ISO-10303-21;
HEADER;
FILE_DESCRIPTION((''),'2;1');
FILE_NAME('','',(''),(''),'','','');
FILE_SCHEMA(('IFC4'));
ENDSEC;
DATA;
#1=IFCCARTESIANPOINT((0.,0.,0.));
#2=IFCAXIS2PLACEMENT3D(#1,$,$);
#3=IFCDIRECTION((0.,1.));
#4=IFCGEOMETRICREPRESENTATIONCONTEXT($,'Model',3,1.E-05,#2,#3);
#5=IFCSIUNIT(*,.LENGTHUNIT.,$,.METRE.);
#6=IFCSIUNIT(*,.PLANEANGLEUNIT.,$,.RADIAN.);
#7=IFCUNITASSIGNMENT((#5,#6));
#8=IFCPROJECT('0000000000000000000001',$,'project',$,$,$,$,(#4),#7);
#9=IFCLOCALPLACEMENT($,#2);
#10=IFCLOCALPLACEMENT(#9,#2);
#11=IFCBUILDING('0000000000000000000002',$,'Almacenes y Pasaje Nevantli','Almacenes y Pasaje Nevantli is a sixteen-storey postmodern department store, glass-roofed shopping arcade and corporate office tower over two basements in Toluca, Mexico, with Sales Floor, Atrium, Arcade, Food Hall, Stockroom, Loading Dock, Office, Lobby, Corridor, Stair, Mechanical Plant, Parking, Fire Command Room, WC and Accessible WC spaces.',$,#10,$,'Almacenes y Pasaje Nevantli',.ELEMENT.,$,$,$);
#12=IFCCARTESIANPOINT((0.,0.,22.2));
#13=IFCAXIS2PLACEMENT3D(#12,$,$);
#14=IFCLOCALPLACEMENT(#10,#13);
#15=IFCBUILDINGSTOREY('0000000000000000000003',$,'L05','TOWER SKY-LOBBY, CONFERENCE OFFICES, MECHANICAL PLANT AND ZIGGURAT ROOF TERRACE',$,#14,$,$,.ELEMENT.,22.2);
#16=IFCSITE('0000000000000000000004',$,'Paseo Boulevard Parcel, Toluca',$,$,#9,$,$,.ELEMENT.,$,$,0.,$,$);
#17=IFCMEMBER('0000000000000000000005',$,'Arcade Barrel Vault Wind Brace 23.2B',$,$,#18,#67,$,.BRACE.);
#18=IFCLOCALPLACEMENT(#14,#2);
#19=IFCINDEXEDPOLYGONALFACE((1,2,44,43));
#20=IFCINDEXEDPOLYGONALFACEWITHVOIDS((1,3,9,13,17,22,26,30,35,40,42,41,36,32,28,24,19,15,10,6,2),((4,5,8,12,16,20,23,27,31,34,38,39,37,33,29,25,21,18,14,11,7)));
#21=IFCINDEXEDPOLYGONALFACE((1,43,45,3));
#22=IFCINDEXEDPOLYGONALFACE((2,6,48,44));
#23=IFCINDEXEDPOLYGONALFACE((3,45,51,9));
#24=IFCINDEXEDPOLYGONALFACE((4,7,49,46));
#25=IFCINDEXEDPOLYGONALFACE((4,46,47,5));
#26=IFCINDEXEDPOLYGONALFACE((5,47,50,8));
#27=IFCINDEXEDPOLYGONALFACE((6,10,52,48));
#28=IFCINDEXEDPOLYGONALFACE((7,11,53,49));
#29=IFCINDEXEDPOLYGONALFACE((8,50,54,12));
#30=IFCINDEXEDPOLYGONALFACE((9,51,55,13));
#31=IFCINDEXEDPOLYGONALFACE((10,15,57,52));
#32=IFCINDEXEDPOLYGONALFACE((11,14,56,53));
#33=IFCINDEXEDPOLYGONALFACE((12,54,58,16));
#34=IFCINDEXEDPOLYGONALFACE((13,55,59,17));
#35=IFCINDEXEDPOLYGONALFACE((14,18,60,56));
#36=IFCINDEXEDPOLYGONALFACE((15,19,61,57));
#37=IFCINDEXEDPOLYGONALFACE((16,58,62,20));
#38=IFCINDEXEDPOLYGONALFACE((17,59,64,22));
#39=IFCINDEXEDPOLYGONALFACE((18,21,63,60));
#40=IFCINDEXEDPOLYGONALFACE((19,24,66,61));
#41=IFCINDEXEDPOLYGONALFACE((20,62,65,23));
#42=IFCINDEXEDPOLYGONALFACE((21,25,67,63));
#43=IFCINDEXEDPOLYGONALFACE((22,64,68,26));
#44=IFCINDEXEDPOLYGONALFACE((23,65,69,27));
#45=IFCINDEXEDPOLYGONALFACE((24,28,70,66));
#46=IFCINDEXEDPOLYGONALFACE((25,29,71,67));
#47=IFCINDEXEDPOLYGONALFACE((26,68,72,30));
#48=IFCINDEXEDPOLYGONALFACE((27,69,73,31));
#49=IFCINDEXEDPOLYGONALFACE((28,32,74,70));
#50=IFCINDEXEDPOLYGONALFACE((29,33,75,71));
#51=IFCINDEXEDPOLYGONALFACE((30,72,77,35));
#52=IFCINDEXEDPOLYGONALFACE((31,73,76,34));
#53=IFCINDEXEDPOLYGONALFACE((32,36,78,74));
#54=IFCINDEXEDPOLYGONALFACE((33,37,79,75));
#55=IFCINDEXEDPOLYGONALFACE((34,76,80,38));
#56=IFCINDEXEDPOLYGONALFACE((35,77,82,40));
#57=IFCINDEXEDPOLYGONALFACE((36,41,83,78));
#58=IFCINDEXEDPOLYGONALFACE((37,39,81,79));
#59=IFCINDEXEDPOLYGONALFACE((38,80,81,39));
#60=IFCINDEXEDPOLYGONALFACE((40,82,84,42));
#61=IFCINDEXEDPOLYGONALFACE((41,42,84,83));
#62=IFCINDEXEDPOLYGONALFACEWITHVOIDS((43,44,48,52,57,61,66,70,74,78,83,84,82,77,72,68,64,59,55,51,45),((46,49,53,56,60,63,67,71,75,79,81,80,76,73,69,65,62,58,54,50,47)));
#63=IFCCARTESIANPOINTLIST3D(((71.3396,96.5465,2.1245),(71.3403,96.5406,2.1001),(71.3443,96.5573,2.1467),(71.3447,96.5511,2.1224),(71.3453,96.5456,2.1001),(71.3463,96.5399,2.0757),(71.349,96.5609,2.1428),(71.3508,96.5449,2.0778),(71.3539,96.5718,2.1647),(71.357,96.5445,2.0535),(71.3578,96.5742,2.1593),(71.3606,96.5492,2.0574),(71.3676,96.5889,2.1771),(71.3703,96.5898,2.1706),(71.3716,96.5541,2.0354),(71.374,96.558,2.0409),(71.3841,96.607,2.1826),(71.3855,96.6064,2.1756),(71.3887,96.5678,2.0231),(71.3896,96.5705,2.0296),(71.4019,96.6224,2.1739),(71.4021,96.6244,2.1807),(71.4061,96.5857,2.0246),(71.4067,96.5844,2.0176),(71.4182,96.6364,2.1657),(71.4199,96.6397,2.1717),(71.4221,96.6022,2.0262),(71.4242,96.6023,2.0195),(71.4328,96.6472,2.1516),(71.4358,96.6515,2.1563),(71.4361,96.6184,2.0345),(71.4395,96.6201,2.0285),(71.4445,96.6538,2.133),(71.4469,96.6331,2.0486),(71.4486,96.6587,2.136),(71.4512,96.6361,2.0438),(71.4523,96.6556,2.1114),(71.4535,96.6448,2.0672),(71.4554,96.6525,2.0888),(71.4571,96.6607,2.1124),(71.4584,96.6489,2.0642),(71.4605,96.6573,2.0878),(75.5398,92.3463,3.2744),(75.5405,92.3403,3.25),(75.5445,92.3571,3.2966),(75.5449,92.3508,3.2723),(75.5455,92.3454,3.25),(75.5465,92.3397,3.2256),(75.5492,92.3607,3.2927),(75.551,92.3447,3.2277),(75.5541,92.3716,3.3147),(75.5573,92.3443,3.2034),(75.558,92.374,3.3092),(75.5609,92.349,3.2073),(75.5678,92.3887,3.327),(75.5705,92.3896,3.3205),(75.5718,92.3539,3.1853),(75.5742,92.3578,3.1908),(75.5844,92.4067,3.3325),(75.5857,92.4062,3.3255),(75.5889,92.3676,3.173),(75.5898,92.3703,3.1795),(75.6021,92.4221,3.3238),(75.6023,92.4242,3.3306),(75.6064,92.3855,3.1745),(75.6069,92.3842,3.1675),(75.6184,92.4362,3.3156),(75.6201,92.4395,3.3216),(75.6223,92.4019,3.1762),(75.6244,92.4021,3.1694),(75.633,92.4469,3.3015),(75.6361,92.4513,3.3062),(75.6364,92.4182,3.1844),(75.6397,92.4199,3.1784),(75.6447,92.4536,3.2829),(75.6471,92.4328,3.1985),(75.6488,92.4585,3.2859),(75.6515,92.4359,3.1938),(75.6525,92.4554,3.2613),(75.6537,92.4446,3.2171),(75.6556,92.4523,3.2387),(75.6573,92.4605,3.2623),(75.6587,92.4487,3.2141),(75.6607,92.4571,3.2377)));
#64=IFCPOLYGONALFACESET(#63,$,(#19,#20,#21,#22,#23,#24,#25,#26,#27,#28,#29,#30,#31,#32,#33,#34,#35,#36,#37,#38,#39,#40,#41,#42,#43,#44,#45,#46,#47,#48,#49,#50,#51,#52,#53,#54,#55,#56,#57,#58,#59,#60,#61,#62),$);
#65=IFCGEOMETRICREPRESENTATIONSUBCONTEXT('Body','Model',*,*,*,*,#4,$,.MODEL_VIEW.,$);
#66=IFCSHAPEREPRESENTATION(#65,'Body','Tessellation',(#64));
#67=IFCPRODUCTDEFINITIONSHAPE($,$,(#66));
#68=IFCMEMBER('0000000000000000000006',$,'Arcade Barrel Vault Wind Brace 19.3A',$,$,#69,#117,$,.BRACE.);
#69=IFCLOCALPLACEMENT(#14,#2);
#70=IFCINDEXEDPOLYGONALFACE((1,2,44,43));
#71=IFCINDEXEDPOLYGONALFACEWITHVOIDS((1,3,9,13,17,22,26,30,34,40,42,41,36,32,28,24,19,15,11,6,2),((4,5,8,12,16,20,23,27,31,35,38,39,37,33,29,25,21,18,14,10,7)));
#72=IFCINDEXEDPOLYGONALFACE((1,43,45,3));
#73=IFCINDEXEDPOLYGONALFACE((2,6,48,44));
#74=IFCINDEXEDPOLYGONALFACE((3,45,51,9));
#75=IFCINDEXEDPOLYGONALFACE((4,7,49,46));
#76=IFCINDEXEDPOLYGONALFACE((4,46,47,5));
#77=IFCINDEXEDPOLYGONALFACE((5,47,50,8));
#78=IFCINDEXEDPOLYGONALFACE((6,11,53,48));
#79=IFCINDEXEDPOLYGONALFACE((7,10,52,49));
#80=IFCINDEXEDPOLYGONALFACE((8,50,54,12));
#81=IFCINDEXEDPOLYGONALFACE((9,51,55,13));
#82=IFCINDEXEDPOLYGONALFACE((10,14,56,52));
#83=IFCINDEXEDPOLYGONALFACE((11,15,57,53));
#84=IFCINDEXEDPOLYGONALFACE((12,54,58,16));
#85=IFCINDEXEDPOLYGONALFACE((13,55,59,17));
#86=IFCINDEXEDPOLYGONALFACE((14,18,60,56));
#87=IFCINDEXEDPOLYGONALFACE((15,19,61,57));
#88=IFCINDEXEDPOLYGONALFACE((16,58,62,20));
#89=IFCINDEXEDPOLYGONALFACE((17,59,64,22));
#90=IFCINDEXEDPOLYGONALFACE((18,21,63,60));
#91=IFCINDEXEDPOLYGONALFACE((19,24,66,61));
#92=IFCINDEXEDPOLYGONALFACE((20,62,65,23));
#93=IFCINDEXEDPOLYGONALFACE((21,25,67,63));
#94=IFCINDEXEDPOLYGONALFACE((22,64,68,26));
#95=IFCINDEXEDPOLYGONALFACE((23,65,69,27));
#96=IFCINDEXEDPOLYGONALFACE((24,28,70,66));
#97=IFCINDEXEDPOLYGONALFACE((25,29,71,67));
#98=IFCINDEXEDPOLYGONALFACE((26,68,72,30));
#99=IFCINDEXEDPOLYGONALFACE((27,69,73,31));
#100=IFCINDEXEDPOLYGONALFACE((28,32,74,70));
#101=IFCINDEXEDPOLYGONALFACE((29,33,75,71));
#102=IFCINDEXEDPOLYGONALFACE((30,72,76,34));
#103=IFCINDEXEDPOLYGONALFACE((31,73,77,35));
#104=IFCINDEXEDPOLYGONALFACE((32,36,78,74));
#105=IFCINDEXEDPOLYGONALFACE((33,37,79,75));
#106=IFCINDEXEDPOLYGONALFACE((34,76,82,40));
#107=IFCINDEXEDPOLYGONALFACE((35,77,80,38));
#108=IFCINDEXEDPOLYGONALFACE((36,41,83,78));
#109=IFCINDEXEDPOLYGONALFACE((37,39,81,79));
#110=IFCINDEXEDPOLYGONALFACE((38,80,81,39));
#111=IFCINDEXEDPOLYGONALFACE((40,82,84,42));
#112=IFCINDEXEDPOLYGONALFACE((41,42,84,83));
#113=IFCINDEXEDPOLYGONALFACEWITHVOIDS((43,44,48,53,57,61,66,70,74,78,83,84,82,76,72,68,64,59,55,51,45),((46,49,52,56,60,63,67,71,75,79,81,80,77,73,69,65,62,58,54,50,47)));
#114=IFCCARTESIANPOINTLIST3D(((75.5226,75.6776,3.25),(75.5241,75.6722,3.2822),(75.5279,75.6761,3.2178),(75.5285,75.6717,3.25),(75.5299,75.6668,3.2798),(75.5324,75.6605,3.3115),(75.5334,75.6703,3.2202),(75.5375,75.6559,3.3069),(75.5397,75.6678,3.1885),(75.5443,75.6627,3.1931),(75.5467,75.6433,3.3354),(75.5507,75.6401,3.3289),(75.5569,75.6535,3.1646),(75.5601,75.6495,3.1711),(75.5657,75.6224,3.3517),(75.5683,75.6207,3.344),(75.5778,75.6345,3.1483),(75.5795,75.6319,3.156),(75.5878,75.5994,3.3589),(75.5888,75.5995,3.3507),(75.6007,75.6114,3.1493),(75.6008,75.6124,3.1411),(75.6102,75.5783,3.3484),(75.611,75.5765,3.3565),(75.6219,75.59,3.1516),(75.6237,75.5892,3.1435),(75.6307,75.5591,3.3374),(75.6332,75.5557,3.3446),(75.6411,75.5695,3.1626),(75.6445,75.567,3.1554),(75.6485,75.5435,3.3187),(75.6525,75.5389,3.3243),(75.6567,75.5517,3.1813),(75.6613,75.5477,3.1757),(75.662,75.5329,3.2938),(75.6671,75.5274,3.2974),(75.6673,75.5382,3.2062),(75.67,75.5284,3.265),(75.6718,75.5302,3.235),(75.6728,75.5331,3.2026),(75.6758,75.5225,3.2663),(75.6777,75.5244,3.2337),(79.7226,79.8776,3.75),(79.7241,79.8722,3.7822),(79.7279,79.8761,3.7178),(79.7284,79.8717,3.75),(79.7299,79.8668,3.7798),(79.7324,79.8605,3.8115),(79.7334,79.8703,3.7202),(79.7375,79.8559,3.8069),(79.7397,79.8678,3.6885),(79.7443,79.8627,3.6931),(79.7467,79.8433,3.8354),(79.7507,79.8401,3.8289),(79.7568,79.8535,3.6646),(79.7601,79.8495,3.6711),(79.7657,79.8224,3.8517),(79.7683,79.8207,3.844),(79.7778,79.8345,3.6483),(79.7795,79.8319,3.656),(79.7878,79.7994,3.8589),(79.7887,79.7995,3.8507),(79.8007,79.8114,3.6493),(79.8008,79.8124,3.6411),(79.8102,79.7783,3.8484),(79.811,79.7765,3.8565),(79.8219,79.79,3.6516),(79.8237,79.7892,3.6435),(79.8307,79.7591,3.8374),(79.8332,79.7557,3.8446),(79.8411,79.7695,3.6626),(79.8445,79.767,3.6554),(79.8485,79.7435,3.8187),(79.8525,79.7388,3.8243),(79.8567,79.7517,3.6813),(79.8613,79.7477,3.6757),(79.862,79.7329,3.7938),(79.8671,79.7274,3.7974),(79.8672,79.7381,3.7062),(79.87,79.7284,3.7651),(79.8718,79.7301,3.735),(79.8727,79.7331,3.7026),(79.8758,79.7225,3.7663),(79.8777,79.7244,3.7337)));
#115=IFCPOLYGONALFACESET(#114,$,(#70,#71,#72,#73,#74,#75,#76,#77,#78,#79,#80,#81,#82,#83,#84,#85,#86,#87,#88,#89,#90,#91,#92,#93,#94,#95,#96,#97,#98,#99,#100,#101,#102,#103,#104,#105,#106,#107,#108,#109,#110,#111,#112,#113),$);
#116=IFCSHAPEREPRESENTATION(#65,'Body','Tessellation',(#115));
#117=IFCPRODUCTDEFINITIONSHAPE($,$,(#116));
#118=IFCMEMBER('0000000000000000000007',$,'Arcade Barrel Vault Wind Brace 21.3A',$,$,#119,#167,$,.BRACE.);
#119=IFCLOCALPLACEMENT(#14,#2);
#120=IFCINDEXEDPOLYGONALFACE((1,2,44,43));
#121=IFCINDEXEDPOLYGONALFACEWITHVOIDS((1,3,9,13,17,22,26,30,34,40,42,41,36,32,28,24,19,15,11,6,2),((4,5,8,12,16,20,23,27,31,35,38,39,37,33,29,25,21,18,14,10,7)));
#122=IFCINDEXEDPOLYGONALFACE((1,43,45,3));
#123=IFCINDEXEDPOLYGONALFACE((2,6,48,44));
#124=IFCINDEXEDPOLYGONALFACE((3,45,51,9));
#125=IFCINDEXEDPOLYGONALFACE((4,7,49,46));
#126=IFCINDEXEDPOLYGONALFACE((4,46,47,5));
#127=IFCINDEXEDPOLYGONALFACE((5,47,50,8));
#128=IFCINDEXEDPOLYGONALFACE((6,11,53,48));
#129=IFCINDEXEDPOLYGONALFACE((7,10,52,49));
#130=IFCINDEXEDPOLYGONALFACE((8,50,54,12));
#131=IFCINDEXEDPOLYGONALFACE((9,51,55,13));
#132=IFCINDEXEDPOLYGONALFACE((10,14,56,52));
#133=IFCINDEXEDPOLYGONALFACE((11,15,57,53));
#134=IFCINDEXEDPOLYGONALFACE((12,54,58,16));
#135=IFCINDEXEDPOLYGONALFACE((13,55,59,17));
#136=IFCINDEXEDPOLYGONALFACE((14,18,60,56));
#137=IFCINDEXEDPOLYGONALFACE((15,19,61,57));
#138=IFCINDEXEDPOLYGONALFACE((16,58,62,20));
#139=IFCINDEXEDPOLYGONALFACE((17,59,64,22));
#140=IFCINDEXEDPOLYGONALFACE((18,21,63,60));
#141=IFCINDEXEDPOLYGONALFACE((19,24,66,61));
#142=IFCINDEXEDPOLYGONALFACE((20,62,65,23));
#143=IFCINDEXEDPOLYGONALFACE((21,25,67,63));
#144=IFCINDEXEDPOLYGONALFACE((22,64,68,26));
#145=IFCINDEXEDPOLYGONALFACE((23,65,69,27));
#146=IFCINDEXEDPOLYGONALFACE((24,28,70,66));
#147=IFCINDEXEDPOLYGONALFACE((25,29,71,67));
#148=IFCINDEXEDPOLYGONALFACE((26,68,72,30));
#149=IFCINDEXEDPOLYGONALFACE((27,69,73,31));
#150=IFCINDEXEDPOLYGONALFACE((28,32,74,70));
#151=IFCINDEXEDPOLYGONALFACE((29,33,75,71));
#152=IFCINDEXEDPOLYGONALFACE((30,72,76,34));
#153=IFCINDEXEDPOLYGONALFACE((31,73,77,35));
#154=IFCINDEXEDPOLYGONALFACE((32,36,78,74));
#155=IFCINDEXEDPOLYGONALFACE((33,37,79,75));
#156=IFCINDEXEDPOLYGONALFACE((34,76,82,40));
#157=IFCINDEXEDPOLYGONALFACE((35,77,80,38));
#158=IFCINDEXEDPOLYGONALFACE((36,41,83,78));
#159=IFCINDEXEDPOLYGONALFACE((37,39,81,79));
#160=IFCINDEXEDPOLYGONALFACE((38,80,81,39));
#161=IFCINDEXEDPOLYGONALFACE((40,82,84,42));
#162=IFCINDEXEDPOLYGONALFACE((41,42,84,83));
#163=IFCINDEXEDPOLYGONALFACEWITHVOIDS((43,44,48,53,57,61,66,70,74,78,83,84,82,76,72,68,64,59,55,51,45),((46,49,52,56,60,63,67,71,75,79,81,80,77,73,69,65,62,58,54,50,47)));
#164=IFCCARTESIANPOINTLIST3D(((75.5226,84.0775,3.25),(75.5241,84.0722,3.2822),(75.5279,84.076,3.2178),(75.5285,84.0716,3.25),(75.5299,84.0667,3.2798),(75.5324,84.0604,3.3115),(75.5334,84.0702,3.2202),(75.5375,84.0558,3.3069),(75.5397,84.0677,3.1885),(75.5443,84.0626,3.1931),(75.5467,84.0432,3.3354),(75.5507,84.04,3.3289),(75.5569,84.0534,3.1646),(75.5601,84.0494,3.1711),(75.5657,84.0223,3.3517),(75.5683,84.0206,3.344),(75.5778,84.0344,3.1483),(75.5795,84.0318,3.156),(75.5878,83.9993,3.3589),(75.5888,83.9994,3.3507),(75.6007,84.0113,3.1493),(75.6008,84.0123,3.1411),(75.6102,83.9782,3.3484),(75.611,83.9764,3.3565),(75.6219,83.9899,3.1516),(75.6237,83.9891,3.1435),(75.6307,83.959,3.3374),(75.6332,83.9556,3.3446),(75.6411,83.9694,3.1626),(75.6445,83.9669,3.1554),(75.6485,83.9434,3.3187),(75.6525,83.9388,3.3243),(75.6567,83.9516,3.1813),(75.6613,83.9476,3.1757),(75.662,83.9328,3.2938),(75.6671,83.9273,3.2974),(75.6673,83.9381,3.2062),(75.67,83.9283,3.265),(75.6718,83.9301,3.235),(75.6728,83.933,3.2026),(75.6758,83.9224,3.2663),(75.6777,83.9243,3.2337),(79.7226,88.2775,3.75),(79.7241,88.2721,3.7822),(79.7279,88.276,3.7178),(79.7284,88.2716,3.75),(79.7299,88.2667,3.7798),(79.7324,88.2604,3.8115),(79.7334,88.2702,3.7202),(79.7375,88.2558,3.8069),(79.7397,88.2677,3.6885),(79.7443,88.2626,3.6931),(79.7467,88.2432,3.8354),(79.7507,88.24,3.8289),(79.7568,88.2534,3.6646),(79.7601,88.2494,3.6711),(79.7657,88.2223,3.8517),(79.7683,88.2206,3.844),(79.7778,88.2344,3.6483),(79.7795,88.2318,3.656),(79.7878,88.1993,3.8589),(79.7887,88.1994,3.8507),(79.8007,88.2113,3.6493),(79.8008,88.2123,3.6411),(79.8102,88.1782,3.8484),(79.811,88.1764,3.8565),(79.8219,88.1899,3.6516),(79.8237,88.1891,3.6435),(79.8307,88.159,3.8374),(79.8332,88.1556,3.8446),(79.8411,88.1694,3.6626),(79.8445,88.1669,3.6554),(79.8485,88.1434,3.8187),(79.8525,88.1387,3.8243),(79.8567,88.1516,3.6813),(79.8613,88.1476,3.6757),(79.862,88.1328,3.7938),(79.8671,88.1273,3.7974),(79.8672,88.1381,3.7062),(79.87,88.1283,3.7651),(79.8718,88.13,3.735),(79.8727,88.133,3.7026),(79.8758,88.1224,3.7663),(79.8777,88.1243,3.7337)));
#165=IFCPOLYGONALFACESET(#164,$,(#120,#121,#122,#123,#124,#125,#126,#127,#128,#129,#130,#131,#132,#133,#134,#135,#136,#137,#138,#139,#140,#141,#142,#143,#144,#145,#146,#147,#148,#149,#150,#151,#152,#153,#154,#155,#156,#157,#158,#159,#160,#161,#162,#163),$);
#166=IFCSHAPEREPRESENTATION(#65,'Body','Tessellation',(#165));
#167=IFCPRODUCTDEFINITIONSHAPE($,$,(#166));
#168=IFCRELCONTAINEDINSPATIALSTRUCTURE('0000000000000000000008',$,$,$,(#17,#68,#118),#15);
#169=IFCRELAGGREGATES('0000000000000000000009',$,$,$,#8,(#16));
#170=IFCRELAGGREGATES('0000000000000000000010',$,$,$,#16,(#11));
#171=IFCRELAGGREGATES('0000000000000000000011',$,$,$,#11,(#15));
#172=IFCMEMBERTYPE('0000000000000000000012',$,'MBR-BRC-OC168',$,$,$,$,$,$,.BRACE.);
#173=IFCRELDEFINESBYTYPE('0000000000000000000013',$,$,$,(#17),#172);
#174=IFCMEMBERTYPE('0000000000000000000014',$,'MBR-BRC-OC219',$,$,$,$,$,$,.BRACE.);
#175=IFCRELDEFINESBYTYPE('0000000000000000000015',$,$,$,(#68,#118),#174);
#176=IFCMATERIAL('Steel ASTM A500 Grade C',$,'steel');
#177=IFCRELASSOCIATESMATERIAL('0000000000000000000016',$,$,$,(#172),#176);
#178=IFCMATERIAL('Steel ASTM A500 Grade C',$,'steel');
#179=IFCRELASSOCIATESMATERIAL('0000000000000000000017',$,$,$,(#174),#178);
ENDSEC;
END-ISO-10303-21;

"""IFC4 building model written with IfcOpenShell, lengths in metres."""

from ifc_helpers import new_model, si_unit, direction, frame, origin, origin_2d, place, context, subcontext, project, spatial, hollow_circle, extrude, material, material_profile, profile_set, type_object, element, save


model = new_model("IFC4")

# Units and contexts
model_context = context("Model", 3, precision=1e-05, world=origin(), true_north=direction((0.0, 1.0)))
body_context = subcontext(model_context, "Body", "Model", "MODEL_VIEW")
ifc_project = project(units=[si_unit("LENGTHUNIT", "METRE"), si_unit("PLANEANGLEUNIT", "RADIAN")], contexts=[model_context])

# Site, building, storey
site_placement = place(None, origin())
site = spatial("IfcSite", under=ifc_project, at=site_placement, Name="Paseo Boulevard Parcel, Toluca", CompositionType="ELEMENT", RefElevation=0.0)
building_placement = place(site_placement, origin())
building = spatial("IfcBuilding", under=site, at=building_placement, Name="Almacenes y Pasaje Nevantli", Description="Almacenes y Pasaje Nevantli is a sixteen-storey postmodern department store, glass-roofed shopping arcade and corporate office tower over two basements in Toluca, Mexico, with Sales Floor, Atrium, Arcade, Food Hall, Stockroom, Loading Dock, Office, Lobby, Corridor, Stair, Mechanical Plant, Parking, Fire Command Room, WC and Accessible WC spaces.", LongName="Almacenes y Pasaje Nevantli", CompositionType="ELEMENT")
storey_placement = place(building_placement, frame((0.0, 0.0, 22.2)))
storey = spatial("IfcBuildingStorey", under=building, at=storey_placement, Name="L05", Description="TOWER SKY-LOBBY, CONFERENCE OFFICES, MECHANICAL PLANT AND ZIGGURAT ROOF TERRACE", CompositionType="ELEMENT", Elevation=22.2)

# Members
ifc_material_1 = material(Name="Steel ASTM A500 Grade C", Category="steel")
ifc_material_profile_1 = material_profile(ifc_material_1, hollow_circle(Radius=0.0842, WallThickness=0.0071, at=origin_2d()), Name="OC 168x7.1")
ifc_profile_set_1 = profile_set([ifc_material_profile_1], Name="Steel ASTM A500 Grade C")
member_type_1 = type_object("IfcMemberType", Name="MBR-BRC-OC168", PredefinedType="BRACE", material=ifc_profile_set_1)
for number, where, z_axis, x_axis, name in (
    (1, (75.6001, 92.3999, 3.25), (-0.694218, 0.694218, -0.190059), (-0.707107, -0.707107, 0.0), "Arcade Barrel Vault Wind Brace 23.2B"),
):
    element("IfcMember", number, at=place(storey_placement, frame(where, z_axis=z_axis, x_axis=x_axis)), inside=storey, type_object=member_type_1, Name=name, PredefinedType="BRACE", context=body_context, shape_type="SweptSolid", body=[
        extrude(hollow_circle(Radius=0.0842, WallThickness=0.0071, at=origin_2d()), origin(), (0.0, 0.0, 1.0), 6.0503),
    ])
ifc_material_2 = material(Name="Steel ASTM A500 Grade C", Category="steel")
ifc_material_profile_2 = material_profile(ifc_material_2, hollow_circle(Radius=0.1096, WallThickness=0.0083, at=origin_2d()), Name="OC 219x8.2")
ifc_profile_set_2 = profile_set([ifc_material_profile_2], Name="Steel ASTM A500 Grade C")
member_type_2 = type_object("IfcMemberType", Name="MBR-BRC-OC219", PredefinedType="BRACE", material=ifc_profile_set_2)
for number, where, z_axis, x_axis, name in (
    (2, (75.6001, 75.6001, 3.25), (0.704615, 0.704615, 0.083884), (-0.707107, 0.707107, 0.0), "Arcade Barrel Vault Wind Brace 19.3A"),
    (3, (75.6001, 84.0, 3.25), (0.704615, 0.704615, 0.083884), (-0.707107, 0.707107, 0.0), "Arcade Barrel Vault Wind Brace 21.3A"),
):
    element("IfcMember", number, at=place(storey_placement, frame(where, z_axis=z_axis, x_axis=x_axis)), inside=storey, type_object=member_type_2, Name=name, PredefinedType="BRACE", context=body_context, shape_type="SweptSolid", body=[
        extrude(hollow_circle(Radius=0.1096, WallThickness=0.0083, at=origin_2d()), origin(), (0.0, 0.0, 1.0), 5.9607),
    ])

save(model, "model.ifc")
